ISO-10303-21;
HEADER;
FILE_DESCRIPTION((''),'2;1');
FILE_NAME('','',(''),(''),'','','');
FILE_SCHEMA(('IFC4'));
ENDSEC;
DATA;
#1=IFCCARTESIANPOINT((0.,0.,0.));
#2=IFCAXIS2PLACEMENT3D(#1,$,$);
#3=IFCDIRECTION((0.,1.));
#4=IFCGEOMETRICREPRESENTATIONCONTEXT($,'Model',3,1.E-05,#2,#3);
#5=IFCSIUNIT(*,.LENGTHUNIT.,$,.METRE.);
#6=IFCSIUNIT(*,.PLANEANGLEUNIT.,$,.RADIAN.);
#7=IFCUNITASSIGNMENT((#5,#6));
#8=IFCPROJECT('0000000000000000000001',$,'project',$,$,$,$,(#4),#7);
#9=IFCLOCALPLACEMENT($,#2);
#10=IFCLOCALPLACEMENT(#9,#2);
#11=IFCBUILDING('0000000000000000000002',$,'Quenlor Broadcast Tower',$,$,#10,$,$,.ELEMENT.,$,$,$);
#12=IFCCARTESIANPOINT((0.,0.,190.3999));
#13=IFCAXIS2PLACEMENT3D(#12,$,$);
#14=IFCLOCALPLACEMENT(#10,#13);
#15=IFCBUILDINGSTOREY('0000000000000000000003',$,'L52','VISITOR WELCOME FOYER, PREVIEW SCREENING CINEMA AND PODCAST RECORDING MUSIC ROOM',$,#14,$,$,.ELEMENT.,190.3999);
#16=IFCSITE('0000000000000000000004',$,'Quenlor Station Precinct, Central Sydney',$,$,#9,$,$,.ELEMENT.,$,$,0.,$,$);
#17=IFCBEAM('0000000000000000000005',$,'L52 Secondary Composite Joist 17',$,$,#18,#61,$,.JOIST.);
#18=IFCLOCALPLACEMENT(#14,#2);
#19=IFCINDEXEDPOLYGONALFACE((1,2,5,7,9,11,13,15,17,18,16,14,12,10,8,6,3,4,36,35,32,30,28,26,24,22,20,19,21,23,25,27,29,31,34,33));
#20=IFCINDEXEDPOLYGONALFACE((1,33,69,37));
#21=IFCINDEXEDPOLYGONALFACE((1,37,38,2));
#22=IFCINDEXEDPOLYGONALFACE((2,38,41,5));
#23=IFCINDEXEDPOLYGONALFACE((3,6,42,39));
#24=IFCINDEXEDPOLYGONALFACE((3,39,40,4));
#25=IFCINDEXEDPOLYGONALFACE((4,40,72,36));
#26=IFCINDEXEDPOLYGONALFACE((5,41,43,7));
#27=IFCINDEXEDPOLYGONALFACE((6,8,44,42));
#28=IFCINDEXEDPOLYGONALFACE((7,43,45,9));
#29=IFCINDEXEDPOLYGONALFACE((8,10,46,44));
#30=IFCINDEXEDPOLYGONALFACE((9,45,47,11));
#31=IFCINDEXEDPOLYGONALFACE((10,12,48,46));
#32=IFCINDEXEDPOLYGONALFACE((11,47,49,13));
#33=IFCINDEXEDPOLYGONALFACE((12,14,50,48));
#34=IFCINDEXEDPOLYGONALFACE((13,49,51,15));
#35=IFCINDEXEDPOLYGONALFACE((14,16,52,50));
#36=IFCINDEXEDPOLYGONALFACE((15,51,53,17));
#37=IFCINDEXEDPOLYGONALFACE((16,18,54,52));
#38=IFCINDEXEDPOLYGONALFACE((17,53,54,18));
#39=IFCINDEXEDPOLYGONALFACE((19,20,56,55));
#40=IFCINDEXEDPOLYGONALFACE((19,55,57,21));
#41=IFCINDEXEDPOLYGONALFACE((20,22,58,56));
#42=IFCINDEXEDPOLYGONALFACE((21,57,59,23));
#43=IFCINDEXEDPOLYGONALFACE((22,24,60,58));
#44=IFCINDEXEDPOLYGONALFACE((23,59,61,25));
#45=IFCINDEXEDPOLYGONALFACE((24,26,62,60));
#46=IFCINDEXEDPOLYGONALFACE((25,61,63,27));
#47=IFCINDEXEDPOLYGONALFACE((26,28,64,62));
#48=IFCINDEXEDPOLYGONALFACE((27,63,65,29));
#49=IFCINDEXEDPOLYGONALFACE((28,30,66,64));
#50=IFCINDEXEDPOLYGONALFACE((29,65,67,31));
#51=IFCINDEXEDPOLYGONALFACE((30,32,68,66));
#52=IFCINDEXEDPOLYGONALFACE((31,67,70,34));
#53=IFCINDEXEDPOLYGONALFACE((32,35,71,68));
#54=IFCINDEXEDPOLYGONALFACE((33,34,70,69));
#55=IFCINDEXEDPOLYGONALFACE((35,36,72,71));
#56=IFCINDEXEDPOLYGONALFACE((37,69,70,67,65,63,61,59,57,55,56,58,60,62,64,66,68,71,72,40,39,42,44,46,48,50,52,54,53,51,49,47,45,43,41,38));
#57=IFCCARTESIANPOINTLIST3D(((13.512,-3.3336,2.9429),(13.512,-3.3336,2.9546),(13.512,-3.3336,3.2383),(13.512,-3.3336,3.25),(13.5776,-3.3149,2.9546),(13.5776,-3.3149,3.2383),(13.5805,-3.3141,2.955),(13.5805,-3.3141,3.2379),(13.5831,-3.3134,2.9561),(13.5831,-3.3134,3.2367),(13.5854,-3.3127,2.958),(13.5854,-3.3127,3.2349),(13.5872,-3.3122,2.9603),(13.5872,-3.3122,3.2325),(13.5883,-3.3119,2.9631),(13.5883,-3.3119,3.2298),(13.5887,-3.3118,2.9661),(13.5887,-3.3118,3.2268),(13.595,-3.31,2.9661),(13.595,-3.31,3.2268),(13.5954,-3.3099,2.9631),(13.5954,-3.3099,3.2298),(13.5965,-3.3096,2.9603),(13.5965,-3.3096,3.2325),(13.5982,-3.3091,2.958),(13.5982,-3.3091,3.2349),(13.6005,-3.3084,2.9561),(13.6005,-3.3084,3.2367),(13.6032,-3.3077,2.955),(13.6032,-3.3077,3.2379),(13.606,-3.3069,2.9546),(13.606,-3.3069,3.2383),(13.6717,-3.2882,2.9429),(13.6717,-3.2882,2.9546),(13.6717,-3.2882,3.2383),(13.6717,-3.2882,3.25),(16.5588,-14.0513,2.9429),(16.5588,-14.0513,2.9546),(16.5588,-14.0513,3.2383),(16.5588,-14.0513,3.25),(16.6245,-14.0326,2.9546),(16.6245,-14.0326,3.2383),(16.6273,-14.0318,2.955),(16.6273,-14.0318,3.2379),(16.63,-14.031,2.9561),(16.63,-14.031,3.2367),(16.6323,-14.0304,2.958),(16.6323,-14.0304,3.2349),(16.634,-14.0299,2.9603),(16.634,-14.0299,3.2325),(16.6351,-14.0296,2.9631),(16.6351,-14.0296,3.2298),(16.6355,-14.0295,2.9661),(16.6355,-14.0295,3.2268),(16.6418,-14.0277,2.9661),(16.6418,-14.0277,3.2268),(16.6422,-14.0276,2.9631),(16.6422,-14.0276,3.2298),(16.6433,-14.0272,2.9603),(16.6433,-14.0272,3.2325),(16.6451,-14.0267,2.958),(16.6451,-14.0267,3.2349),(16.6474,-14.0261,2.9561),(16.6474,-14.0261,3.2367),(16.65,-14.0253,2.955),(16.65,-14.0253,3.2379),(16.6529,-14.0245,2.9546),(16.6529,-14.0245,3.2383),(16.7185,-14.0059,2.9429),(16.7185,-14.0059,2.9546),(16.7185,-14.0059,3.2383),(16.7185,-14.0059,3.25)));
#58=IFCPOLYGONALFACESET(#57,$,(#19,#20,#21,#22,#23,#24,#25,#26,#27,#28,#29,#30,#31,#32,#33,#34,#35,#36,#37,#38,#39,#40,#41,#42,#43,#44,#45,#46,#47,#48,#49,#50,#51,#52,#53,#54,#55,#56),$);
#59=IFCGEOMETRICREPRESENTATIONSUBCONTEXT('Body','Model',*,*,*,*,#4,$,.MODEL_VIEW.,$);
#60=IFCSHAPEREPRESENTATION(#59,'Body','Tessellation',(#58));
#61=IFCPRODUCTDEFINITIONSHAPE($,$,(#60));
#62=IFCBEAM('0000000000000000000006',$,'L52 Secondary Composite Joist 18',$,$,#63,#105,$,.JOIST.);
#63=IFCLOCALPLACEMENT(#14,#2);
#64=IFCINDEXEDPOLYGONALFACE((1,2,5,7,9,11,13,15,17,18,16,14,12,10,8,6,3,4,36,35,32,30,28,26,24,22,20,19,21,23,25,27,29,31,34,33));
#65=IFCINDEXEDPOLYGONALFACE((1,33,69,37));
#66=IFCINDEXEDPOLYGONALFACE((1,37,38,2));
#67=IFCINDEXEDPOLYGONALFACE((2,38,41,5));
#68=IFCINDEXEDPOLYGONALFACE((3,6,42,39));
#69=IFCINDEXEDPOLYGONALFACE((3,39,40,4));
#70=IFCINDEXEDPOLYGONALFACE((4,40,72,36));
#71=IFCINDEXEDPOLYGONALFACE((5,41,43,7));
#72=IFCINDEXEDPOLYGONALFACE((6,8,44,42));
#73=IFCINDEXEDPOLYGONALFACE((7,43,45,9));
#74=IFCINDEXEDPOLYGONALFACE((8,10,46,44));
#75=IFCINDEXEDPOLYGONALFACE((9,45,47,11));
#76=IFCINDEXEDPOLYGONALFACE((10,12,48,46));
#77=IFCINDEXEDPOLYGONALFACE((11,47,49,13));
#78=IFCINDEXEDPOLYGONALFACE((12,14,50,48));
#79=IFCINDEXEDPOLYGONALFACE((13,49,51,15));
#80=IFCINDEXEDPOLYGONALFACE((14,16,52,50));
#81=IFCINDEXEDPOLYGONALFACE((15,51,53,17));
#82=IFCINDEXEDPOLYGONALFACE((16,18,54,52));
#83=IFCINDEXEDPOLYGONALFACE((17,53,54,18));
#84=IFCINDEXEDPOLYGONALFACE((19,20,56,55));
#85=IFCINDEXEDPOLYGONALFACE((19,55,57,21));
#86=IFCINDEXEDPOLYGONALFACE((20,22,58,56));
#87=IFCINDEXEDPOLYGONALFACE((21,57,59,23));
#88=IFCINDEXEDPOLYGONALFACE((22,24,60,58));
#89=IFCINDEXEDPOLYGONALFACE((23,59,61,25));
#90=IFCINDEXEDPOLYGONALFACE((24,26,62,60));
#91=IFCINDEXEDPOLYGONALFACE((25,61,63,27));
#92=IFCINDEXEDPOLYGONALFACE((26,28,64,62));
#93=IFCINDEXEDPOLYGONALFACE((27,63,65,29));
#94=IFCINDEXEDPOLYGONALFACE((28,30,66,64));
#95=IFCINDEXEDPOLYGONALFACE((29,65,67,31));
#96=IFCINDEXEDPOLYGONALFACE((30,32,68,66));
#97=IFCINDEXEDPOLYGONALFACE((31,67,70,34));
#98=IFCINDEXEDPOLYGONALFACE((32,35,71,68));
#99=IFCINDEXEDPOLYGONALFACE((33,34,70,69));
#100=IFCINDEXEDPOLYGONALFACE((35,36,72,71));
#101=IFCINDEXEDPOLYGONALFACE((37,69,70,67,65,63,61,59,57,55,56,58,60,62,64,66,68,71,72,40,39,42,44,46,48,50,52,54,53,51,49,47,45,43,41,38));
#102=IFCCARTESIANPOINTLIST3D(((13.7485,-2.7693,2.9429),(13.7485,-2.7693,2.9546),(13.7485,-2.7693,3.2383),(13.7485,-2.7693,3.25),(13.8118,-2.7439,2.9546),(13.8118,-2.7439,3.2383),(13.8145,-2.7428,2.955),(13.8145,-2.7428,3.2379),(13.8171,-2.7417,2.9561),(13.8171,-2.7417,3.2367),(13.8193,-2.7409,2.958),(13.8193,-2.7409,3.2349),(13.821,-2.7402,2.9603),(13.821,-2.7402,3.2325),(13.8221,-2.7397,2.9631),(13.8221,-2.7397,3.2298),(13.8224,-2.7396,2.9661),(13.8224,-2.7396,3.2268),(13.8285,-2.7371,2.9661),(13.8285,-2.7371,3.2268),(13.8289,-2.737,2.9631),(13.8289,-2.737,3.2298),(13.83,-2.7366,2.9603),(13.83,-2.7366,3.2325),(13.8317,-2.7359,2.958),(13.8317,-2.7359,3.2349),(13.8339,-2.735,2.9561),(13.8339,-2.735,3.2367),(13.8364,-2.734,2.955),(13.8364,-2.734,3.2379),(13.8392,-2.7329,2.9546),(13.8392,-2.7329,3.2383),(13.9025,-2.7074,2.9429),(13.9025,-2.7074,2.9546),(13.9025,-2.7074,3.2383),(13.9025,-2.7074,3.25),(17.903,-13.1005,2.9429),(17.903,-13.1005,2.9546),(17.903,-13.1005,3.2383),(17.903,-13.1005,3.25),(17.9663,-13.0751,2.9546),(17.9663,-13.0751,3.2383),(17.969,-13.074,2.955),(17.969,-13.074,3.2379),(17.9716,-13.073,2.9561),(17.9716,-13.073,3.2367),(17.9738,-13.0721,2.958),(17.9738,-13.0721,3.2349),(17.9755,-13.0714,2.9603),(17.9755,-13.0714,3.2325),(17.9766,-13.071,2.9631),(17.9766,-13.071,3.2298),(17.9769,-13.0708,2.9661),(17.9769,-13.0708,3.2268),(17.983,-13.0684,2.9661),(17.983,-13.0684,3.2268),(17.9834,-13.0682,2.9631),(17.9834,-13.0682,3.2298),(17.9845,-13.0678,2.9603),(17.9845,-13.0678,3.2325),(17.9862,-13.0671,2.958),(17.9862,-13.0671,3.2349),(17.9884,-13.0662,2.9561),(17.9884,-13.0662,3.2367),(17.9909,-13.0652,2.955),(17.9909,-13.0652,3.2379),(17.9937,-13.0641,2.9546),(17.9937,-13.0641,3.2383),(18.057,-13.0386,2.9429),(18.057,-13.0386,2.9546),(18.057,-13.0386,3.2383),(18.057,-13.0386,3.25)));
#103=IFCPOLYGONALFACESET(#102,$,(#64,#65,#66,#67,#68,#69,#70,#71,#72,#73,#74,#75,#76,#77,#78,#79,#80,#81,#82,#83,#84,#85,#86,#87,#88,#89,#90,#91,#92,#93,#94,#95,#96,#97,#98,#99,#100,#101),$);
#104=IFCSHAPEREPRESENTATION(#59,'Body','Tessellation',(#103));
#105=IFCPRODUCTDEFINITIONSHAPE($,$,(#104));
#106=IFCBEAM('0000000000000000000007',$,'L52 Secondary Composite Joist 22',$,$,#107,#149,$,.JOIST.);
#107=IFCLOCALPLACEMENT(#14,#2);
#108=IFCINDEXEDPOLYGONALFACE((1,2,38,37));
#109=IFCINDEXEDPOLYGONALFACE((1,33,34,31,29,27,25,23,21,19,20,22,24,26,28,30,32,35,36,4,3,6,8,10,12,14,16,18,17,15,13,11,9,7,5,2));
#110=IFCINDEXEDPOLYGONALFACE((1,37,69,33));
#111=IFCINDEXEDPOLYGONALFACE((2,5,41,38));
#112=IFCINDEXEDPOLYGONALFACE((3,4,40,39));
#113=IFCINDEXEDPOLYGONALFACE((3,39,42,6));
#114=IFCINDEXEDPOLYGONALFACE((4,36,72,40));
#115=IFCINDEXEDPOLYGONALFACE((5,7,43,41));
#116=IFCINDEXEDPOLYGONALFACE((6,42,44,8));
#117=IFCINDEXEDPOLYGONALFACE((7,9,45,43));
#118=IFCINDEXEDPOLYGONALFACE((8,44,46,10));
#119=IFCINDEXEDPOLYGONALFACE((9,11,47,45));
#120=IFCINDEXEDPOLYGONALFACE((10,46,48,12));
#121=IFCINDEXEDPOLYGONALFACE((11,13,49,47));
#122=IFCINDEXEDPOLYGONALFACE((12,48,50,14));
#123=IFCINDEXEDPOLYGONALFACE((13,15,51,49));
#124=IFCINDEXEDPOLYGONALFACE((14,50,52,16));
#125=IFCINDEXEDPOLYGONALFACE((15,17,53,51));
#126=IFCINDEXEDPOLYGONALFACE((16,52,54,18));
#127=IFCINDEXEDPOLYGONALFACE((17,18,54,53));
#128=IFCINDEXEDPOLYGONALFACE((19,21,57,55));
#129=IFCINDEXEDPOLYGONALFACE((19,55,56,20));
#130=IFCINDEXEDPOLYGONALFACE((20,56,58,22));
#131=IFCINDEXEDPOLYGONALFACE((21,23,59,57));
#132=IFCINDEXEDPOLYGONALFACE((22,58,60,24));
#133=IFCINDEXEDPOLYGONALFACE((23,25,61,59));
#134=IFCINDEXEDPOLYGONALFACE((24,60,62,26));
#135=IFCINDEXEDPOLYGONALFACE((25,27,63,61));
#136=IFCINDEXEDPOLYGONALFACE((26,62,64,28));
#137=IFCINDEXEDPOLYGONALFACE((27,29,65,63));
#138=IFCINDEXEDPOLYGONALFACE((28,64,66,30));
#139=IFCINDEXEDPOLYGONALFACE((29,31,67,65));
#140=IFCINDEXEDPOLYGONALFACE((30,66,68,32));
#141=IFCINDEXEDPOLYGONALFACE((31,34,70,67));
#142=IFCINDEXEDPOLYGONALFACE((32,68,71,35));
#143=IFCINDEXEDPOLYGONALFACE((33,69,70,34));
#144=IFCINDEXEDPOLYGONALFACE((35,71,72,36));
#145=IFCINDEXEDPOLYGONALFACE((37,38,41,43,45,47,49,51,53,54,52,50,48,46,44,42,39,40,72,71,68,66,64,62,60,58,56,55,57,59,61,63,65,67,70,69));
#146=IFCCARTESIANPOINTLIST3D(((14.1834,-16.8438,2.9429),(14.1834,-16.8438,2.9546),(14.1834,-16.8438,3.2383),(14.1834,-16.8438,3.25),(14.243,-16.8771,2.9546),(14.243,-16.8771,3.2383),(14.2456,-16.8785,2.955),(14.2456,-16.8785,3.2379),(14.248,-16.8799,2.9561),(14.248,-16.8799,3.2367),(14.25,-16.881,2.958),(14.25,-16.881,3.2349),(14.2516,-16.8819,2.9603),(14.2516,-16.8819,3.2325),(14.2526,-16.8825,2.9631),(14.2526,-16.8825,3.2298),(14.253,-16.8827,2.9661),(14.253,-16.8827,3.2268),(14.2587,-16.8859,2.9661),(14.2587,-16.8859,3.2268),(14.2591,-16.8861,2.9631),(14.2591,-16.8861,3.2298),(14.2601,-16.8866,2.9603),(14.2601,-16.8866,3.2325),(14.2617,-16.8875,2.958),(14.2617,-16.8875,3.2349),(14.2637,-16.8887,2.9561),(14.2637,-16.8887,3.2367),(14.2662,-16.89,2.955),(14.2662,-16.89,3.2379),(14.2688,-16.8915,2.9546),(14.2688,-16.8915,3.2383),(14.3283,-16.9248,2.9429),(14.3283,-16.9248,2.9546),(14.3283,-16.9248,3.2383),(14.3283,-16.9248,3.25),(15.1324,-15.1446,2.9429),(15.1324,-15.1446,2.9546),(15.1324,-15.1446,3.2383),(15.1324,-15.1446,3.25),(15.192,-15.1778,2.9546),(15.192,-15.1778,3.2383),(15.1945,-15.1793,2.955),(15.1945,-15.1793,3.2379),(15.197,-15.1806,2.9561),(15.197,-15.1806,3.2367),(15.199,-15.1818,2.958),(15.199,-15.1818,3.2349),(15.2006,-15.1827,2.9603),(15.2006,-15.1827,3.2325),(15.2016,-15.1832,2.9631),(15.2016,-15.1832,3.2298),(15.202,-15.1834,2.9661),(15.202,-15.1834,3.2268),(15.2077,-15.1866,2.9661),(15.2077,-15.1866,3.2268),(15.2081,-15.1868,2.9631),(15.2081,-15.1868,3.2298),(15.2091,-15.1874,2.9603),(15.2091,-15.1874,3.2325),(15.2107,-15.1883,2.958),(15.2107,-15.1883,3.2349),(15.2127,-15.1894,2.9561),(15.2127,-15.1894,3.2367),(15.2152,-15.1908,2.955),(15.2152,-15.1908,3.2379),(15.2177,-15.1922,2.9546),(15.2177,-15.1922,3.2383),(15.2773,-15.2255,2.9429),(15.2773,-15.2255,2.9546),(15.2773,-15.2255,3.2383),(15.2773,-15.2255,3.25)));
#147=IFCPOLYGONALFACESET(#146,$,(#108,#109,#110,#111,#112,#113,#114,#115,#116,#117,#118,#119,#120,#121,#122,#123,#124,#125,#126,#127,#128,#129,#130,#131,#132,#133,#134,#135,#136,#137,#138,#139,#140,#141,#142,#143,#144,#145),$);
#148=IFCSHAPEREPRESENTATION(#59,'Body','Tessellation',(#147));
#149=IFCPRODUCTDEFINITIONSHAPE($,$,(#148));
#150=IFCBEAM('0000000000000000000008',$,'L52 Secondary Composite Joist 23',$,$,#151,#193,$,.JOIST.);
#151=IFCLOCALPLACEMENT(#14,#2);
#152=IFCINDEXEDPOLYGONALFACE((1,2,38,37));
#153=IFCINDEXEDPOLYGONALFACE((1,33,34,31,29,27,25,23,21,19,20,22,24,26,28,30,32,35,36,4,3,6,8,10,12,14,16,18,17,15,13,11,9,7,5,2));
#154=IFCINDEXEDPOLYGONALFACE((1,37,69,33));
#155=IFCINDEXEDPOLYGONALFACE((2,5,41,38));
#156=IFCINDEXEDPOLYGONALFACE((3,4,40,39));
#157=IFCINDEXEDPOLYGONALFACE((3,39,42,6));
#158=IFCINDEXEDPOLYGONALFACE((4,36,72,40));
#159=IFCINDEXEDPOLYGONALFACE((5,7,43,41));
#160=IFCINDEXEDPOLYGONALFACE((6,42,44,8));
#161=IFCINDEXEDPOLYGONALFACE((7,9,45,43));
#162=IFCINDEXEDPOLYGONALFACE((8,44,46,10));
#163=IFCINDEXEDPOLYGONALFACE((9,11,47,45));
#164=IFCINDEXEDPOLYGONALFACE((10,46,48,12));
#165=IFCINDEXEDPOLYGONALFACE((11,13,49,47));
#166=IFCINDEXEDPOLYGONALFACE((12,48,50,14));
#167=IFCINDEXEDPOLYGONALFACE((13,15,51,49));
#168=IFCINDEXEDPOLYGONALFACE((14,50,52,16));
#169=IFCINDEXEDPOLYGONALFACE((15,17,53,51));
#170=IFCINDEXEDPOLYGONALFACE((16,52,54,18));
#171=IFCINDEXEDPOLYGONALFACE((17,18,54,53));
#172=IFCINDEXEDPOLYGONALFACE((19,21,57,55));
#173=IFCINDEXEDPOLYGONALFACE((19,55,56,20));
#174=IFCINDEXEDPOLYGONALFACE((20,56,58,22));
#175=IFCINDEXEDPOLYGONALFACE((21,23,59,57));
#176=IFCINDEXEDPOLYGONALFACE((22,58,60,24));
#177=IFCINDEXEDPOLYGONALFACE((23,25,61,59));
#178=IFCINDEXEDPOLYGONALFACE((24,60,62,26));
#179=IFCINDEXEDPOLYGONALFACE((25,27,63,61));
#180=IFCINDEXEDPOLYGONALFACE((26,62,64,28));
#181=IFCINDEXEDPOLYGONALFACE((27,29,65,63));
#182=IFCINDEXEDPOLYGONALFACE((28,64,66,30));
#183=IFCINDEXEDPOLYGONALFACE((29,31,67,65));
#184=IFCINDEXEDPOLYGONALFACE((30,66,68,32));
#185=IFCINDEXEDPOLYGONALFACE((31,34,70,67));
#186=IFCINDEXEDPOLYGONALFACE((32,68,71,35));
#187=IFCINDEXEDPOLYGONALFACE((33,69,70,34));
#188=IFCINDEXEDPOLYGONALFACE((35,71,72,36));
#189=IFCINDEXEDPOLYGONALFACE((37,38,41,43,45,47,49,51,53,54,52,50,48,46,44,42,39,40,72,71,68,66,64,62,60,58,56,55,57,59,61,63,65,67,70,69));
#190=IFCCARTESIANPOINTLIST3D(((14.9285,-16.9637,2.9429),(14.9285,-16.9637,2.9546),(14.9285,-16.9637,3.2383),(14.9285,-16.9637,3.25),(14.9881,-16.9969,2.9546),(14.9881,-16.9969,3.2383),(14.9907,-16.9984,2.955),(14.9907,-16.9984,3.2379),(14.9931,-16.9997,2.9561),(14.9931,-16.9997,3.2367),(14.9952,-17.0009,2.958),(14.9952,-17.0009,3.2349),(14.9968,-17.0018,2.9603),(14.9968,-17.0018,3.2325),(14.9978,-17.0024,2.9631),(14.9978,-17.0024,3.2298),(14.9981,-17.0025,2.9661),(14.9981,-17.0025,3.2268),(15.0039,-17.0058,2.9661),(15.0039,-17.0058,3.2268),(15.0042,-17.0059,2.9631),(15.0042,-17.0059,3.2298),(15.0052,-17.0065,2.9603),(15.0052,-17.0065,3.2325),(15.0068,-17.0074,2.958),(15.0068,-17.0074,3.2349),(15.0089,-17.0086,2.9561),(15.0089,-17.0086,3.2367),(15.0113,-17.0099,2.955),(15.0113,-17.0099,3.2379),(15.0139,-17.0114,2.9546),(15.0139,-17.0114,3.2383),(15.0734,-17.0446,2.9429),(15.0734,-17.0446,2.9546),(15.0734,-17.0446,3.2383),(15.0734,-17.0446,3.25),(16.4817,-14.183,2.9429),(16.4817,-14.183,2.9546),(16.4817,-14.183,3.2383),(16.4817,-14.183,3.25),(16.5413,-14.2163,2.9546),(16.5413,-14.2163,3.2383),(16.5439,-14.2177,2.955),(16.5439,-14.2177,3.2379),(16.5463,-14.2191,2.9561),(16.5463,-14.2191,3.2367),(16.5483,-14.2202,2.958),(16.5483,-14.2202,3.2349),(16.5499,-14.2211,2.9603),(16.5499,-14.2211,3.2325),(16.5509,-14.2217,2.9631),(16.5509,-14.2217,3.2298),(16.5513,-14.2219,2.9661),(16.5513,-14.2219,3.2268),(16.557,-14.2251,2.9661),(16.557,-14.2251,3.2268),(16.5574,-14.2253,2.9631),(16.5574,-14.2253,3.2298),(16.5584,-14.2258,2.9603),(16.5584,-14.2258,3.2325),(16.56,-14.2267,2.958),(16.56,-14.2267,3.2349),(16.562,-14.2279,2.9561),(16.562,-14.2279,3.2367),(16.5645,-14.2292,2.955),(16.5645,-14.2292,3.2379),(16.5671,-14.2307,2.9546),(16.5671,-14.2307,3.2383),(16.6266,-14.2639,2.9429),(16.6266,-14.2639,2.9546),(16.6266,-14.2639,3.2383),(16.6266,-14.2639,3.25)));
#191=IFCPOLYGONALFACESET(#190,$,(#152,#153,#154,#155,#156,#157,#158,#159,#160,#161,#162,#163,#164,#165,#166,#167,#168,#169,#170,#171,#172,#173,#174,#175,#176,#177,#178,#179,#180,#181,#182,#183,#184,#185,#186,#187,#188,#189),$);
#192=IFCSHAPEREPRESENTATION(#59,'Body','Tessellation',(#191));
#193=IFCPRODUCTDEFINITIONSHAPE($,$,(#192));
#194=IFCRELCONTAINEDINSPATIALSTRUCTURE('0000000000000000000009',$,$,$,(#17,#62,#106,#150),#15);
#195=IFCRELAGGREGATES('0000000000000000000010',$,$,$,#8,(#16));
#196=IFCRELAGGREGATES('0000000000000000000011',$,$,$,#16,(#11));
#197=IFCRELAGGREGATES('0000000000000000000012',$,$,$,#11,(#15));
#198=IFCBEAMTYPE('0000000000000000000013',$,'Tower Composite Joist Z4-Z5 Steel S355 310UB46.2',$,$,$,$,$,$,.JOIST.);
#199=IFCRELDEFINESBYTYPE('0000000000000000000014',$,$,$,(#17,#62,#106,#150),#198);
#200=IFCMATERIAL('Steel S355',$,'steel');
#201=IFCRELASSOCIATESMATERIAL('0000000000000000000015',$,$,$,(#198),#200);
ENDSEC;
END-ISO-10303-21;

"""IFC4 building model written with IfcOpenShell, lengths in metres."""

from ifc_helpers import new_model, si_unit, direction, frame, origin, origin_2d, place, context, subcontext, project, spatial, i_section, extrude, material, material_profile, profile_set, type_object, element, save


model = new_model("IFC4")

# Units and contexts
model_context = context("Model", 3, precision=1e-05, world=origin(), true_north=direction((0.0, 1.0)))
body_context = subcontext(model_context, "Body", "Model", "MODEL_VIEW")
ifc_project = project(units=[si_unit("LENGTHUNIT", "METRE"), si_unit("PLANEANGLEUNIT", "RADIAN")], contexts=[model_context])

# Site, building, storey
site_placement = place(None, origin())
site = spatial("IfcSite", under=ifc_project, at=site_placement, Name="Quenlor Station Precinct, Central Sydney", CompositionType="ELEMENT", RefElevation=0.0)
building_placement = place(site_placement, origin())
building = spatial("IfcBuilding", under=site, at=building_placement, Name="Quenlor Broadcast Tower", CompositionType="ELEMENT")
storey_placement = place(building_placement, frame((0.0, 0.0, 190.3999)))
storey = spatial("IfcBuildingStorey", under=building, at=storey_placement, Name="L52", Description="VISITOR WELCOME FOYER, PREVIEW SCREENING CINEMA AND PODCAST RECORDING MUSIC ROOM", CompositionType="ELEMENT", Elevation=190.3999)

# Beams
ifc_material_1 = material(Name="Steel S355", Category="steel")
ifc_material_profile_1 = material_profile(ifc_material_1, i_section(OverallWidth=0.166, OverallDepth=0.3071, WebThickness=0.0066, FlangeThickness=0.0117, FilletRadius=0.0115, at=origin_2d()))
ifc_profile_set_1 = profile_set([ifc_material_profile_1], Name="Steel S355 310UB46.2")
beam_type_1 = type_object("IfcBeamType", Name="Tower Composite Joist Z4-Z5 Steel S355 310UB46.2", PredefinedType="JOIST", material=ifc_profile_set_1)
beam_1_placement = place(storey_placement, frame((16.6387, -14.0286, 3.0964), z_axis=(-0.273448, 0.961887, 0.0), x_axis=(-0.961887, -0.273448, 0.0)))
element("IfcBeam", 1, at=beam_1_placement, inside=storey, type_object=beam_type_1, Name="L52 Secondary Composite Joist 17", PredefinedType="JOIST", context=body_context, shape_type="SweptSolid", body=[
    extrude(i_section(OverallWidth=0.166, OverallDepth=0.3071, WebThickness=0.0066, FlangeThickness=0.0117, FilletRadius=0.0115, at=origin_2d()), origin(), (0.0, 0.0, 1.0), 11.1423),
])
beam_2_placement = place(storey_placement, frame((17.98, -13.0696, 3.0964), z_axis=(-0.373095, 0.927793, 0.0), x_axis=(-0.927793, -0.373095, 0.0)))
element("IfcBeam", 2, at=beam_2_placement, inside=storey, type_object=beam_type_1, Name="L52 Secondary Composite Joist 18", PredefinedType="JOIST", context=body_context, shape_type="SweptSolid", body=[
    extrude(i_section(OverallWidth=0.166, OverallDepth=0.3071, WebThickness=0.0066, FlangeThickness=0.0117, FilletRadius=0.0115, at=origin_2d()), origin(), (0.0, 0.0, 1.0), 11.1353),
])
beam_3_placement = place(storey_placement, frame((14.2559, -16.8843, 3.0964), z_axis=(0.487591, 0.873072, 0.0), x_axis=(-0.873072, 0.487591, 0.0)))
element("IfcBeam", 3, at=beam_3_placement, inside=storey, type_object=beam_type_1, Name="L52 Secondary Composite Joist 22", PredefinedType="JOIST", context=body_context, shape_type="SweptSolid", body=[
    extrude(i_section(OverallWidth=0.166, OverallDepth=0.3071, WebThickness=0.0066, FlangeThickness=0.0117, FilletRadius=0.0115, at=origin_2d()), origin(), (0.0, 0.0, 1.0), 1.9463),
])
beam_4_placement = place(storey_placement, frame((15.001, -17.0042, 3.0964), z_axis=(0.487646, 0.873041, 0.0), x_axis=(-0.873041, 0.487646, 0.0)))
element("IfcBeam", 4, at=beam_4_placement, inside=storey, type_object=beam_type_1, Name="L52 Secondary Composite Joist 23", PredefinedType="JOIST", context=body_context, shape_type="SweptSolid", body=[
    extrude(i_section(OverallWidth=0.166, OverallDepth=0.3071, WebThickness=0.0066, FlangeThickness=0.0117, FilletRadius=0.0115, at=origin_2d()), origin(), (0.0, 0.0, 1.0), 3.1851),
])

save(model, "model.ifc")
